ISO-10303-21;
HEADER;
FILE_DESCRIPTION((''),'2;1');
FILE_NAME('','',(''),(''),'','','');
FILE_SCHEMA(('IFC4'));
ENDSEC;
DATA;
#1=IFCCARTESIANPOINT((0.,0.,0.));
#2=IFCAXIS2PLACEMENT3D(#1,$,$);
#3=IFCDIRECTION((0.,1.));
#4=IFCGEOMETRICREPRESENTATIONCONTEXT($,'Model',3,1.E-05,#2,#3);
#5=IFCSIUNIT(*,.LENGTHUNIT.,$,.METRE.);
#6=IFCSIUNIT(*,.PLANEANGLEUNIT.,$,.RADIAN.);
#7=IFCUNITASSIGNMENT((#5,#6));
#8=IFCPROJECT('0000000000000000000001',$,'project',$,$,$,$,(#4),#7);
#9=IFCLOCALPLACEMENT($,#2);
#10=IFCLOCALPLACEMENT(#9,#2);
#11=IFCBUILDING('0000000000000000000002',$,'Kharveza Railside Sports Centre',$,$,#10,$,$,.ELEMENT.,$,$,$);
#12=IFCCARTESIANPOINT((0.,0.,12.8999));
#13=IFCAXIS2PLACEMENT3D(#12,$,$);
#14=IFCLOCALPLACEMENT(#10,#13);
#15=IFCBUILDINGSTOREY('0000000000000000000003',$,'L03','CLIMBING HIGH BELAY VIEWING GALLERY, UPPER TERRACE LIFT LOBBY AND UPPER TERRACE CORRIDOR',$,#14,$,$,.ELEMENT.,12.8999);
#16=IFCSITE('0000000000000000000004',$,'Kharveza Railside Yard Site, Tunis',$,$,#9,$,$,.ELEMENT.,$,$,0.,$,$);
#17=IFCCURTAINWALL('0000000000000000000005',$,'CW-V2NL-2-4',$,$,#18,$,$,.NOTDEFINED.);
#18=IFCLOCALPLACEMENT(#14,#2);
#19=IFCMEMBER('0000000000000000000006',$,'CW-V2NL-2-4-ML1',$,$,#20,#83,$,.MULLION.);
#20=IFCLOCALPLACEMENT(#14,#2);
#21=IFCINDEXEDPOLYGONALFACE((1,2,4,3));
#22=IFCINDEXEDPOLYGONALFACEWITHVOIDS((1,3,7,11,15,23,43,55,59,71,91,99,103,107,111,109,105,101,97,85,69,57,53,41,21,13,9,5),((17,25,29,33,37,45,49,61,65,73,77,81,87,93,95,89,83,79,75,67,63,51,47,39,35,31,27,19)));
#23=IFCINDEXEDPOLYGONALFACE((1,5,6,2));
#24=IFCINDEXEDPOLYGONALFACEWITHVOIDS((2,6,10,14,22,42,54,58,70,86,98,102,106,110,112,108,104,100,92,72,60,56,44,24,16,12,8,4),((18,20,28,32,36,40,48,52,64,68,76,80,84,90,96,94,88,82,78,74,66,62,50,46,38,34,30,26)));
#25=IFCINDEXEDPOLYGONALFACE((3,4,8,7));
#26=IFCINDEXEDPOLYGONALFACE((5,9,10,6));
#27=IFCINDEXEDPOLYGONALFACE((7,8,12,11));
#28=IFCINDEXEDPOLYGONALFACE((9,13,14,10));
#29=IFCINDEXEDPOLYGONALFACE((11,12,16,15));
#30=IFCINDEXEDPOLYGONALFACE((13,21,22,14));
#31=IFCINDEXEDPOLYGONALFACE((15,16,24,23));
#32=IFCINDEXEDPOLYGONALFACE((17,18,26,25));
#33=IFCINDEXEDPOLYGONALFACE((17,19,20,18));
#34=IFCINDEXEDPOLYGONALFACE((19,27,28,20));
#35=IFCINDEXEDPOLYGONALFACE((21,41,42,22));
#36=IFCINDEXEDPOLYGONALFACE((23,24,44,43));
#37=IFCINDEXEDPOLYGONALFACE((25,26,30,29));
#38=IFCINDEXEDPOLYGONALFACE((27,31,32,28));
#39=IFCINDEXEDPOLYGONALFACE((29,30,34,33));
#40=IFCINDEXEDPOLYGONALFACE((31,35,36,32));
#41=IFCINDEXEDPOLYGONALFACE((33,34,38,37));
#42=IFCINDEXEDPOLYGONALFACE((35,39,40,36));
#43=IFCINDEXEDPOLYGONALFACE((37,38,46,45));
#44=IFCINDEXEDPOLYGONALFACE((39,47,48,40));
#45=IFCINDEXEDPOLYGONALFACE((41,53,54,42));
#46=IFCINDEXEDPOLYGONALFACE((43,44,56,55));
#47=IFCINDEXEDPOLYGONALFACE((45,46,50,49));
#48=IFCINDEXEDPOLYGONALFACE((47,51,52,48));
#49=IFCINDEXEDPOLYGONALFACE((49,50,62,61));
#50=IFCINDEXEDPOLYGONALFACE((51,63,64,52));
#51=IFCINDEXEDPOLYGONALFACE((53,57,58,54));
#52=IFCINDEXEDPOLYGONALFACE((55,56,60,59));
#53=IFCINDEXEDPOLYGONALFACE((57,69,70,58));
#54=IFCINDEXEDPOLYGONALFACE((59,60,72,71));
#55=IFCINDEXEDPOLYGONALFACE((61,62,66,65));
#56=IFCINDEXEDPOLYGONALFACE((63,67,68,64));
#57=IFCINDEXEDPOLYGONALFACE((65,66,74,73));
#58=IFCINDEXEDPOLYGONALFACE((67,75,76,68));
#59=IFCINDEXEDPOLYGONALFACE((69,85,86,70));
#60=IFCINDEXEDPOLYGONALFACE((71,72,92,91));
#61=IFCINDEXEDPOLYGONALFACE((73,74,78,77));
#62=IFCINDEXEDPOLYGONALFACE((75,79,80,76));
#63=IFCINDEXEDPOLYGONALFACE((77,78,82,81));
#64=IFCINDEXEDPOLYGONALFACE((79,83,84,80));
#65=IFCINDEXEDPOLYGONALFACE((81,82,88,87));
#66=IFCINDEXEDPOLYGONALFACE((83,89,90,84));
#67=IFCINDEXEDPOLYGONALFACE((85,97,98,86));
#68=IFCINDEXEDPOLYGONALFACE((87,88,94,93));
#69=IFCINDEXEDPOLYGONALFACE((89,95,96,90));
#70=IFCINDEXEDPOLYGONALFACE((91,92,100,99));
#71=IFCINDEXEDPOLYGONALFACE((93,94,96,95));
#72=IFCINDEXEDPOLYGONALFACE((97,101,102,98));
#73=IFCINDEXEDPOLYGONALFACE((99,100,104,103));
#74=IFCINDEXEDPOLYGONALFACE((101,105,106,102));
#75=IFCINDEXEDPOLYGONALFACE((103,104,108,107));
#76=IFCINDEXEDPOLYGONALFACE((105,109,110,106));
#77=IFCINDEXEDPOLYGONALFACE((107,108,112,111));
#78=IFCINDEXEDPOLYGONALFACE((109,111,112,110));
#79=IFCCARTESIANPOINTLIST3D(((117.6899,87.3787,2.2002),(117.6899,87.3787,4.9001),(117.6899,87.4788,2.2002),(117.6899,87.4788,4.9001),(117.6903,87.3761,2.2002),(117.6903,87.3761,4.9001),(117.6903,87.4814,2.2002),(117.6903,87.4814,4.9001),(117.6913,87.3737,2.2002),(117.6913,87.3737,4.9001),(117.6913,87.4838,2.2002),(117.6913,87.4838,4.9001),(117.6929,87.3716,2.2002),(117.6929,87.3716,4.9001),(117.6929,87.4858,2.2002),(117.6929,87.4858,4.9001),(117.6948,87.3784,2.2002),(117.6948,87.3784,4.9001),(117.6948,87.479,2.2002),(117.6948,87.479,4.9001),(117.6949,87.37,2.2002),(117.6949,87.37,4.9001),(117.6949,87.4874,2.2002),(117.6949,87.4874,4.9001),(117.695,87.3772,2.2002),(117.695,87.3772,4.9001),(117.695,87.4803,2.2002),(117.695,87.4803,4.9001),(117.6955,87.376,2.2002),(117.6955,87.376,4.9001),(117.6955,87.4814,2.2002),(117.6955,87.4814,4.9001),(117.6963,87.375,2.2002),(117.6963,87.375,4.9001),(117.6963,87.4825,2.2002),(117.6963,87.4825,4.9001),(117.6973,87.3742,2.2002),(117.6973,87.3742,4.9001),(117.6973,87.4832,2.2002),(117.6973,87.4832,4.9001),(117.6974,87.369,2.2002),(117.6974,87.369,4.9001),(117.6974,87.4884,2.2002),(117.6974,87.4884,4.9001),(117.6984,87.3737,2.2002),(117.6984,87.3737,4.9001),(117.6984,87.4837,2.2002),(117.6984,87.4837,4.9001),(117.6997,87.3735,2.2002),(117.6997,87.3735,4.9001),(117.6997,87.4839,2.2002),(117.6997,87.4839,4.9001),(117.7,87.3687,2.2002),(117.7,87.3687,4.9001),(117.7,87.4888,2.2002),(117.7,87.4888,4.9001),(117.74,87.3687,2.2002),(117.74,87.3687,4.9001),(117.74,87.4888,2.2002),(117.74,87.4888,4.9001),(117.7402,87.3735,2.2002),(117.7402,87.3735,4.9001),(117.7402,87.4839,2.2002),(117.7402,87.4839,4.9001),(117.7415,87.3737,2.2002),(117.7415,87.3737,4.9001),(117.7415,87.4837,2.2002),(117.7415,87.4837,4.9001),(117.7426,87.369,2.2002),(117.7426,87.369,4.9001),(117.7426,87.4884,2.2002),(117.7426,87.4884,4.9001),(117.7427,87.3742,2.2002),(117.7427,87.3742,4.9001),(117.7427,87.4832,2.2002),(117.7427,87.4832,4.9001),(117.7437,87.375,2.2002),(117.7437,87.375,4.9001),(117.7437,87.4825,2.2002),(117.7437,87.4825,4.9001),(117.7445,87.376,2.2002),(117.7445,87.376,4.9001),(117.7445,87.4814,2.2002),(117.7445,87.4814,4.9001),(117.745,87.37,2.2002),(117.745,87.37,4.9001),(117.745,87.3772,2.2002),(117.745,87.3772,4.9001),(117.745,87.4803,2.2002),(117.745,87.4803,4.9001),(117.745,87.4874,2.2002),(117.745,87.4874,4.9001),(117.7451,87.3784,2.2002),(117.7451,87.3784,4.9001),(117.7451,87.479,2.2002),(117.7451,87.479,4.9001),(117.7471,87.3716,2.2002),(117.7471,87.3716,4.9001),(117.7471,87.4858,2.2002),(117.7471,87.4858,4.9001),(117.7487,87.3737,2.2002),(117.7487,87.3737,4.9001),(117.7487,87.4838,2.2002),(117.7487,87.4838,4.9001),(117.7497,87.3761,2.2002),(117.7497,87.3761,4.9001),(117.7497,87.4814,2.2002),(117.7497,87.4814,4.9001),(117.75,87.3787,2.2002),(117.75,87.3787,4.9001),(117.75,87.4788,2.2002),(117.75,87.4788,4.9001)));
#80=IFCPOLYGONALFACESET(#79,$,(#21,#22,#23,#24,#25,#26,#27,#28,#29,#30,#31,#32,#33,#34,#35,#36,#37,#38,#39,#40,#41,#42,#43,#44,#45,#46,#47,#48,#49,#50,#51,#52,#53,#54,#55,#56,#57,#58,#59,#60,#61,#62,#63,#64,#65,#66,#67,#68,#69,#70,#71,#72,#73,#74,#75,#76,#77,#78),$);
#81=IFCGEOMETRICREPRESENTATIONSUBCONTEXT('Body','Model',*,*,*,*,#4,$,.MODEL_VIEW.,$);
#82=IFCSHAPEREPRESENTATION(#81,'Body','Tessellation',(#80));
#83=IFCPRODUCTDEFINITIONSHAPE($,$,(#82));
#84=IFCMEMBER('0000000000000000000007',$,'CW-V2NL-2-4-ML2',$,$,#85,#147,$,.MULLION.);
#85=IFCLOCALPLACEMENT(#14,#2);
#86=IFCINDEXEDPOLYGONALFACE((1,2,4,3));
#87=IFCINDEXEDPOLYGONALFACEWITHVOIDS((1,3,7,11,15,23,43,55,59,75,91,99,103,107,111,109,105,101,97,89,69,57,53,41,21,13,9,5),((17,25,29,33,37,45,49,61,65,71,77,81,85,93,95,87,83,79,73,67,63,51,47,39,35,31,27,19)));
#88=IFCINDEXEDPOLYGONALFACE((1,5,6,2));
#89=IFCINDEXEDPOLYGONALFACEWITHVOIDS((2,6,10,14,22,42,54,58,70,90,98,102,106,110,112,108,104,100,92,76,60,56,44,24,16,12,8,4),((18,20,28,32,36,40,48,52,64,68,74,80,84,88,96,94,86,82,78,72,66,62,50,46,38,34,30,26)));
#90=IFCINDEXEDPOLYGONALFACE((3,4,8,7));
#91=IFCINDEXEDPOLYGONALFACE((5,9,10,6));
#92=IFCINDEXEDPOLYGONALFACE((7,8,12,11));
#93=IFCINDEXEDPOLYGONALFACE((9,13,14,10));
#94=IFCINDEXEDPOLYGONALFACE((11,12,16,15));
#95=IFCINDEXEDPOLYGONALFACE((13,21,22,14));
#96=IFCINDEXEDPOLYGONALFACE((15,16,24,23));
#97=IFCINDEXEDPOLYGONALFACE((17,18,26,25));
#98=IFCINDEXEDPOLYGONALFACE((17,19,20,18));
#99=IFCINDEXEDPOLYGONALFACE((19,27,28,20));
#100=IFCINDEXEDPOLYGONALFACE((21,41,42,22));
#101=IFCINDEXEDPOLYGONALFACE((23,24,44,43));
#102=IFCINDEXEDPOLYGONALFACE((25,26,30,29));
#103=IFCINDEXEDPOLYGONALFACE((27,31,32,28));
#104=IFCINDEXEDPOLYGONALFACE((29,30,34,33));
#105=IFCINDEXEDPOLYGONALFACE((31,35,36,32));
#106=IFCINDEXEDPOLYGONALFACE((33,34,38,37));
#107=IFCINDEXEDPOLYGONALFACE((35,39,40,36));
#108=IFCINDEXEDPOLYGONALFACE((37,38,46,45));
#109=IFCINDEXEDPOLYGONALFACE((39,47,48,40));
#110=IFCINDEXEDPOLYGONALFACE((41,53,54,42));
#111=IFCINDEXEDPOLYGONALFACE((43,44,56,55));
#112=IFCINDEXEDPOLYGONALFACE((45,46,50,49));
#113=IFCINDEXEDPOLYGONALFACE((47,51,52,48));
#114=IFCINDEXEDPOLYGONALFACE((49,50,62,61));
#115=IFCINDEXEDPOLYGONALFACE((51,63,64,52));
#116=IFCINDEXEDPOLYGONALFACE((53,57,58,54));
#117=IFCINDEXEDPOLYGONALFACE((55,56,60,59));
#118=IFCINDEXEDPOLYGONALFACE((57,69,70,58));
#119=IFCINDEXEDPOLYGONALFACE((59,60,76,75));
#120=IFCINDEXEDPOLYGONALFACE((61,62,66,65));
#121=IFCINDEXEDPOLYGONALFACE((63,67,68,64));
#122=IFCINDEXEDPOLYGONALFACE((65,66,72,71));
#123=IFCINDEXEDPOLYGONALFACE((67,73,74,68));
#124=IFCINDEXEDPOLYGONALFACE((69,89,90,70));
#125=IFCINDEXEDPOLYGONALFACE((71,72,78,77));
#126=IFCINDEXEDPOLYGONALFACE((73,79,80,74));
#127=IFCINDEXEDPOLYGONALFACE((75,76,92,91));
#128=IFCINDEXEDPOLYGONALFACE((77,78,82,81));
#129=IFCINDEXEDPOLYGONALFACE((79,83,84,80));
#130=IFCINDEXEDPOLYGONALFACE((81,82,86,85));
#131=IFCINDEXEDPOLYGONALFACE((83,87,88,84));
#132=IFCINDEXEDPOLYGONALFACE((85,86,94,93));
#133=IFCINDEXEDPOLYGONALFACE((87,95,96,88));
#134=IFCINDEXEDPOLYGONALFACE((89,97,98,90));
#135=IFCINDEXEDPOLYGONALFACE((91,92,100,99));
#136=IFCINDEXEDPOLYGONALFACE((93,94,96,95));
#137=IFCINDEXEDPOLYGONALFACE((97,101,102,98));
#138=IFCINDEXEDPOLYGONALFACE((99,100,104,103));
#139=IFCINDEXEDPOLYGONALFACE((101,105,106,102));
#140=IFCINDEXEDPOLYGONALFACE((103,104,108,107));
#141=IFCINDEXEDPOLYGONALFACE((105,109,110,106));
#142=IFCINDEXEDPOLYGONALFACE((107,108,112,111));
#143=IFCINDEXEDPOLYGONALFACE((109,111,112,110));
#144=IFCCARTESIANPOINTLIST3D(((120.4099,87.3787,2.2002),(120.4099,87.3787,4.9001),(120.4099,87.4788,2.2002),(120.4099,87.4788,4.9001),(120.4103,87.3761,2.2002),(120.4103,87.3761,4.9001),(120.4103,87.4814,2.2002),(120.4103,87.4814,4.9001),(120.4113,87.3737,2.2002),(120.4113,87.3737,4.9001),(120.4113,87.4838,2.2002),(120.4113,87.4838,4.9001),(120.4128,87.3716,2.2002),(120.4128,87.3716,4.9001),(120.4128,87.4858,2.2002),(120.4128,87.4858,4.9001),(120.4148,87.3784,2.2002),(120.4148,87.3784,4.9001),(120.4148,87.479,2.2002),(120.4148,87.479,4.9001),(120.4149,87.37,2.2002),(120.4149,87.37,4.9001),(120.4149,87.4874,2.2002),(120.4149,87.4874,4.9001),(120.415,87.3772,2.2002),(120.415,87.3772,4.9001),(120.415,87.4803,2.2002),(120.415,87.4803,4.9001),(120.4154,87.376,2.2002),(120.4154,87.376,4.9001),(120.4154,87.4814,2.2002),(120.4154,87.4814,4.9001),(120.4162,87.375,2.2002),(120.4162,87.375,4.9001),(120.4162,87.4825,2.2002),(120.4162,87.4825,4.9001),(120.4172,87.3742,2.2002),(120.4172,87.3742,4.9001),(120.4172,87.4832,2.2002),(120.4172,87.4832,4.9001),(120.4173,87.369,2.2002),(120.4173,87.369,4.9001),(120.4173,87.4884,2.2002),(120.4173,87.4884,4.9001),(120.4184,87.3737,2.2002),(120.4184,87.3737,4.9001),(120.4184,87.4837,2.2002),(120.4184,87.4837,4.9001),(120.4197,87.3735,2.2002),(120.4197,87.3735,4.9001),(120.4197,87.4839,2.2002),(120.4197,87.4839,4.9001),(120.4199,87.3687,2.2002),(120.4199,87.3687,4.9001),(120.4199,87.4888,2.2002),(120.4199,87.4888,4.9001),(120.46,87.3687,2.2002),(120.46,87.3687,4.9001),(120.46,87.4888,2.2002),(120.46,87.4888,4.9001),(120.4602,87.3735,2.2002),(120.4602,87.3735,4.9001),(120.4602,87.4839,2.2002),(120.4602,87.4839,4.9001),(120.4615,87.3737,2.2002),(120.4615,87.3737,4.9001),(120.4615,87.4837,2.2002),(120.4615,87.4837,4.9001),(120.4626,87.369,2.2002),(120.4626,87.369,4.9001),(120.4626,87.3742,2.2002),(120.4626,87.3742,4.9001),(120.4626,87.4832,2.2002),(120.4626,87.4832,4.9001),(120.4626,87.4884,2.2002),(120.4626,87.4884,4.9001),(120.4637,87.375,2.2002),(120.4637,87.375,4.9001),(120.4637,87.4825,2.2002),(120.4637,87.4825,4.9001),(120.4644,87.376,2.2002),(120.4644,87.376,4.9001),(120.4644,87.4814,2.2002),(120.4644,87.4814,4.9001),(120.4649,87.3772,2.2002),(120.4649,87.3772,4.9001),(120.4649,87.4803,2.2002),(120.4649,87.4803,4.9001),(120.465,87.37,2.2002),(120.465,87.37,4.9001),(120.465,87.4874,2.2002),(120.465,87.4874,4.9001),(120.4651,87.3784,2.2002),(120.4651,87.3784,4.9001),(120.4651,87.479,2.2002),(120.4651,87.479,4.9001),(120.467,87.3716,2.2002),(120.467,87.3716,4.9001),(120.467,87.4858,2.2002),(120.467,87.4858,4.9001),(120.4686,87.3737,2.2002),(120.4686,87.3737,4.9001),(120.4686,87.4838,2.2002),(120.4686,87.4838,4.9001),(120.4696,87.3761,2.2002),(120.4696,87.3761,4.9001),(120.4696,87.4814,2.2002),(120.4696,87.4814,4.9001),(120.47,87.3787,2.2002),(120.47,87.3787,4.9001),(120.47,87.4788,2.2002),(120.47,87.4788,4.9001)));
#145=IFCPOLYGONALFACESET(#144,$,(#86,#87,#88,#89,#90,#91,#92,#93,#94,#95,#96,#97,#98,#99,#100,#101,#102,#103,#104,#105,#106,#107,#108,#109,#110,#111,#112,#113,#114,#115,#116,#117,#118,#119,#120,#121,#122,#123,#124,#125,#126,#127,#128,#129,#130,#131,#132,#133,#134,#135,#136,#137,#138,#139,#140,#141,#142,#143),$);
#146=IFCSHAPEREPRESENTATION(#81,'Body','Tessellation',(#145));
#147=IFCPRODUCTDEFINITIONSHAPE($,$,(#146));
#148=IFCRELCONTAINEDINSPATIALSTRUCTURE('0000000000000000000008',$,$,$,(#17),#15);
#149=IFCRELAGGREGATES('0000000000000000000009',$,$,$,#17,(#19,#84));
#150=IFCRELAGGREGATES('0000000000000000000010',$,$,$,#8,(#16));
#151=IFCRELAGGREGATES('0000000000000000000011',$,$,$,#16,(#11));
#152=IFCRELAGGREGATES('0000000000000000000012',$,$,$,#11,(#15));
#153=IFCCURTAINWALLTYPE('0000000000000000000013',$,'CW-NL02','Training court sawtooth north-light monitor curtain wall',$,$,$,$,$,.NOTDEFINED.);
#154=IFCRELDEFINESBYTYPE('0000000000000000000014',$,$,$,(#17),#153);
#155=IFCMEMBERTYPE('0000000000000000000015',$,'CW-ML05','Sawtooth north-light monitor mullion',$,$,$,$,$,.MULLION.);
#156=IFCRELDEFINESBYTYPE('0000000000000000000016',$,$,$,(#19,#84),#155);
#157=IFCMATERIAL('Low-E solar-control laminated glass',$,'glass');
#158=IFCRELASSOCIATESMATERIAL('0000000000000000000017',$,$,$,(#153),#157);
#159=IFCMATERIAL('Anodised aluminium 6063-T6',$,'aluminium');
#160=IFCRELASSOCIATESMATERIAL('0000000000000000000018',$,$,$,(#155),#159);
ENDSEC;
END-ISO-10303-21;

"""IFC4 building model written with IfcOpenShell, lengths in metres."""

from ifc_helpers import new_model, si_unit, direction, frame, origin, origin_2d, place, context, subcontext, project, spatial, hollow_rectangle, extrude, material, material_profile, profile_set, type_object, element, aggregate, save


model = new_model("IFC4")

# Units and contexts
model_context = context("Model", 3, precision=1e-05, world=origin(), true_north=direction((0.0, 1.0)))
body_context = subcontext(model_context, "Body", "Model", "MODEL_VIEW")
ifc_project = project(units=[si_unit("LENGTHUNIT", "METRE"), si_unit("PLANEANGLEUNIT", "RADIAN")], contexts=[model_context])

# Site, building, storey
site_placement = place(None, origin())
site = spatial("IfcSite", under=ifc_project, at=site_placement, Name="Kharveza Railside Yard Site, Tunis", CompositionType="ELEMENT", RefElevation=0.0)
building_placement = place(site_placement, origin())
building = spatial("IfcBuilding", under=site, at=building_placement, Name="Kharveza Railside Sports Centre", CompositionType="ELEMENT")
storey_placement = place(building_placement, frame((0.0, 0.0, 12.8999)))
storey = spatial("IfcBuildingStorey", under=building, at=storey_placement, Name="L03", Description="CLIMBING HIGH BELAY VIEWING GALLERY, UPPER TERRACE LIFT LOBBY AND UPPER TERRACE CORRIDOR", CompositionType="ELEMENT", Elevation=12.8999)

# Curtain wall, members
ifc_material_1 = material(Name="Low-E solar-control laminated glass", Category="glass")
curtain_wall_type = type_object("IfcCurtainWallType", Name="CW-NL02", Description="Training court sawtooth north-light monitor curtain wall", PredefinedType="NOTDEFINED", material=ifc_material_1)
curtain_wall_1_placement = place(storey_placement, origin())
curtain_wall_1 = element("IfcCurtainWall", 1, at=curtain_wall_1_placement, inside=storey, type_object=curtain_wall_type, Name="CW-V2NL-2-4", PredefinedType="NOTDEFINED")
ifc_material_2 = material(Name="Anodised aluminium 6063-T6", Category="aluminium")
ifc_material_profile_1 = material_profile(ifc_material_2, hollow_rectangle(XDim=0.0601, YDim=0.1201, WallThickness=0.0049, InnerFilletRadius=0.0049, OuterFilletRadius=0.01, at=origin_2d()), Name="RHS 60x120x5.0")
ifc_profile_set_1 = profile_set([ifc_material_profile_1], Name="Anodised aluminium 6063-T6")
member_type_1 = type_object("IfcMemberType", Name="CW-ML05", Description="Sawtooth north-light monitor mullion", PredefinedType="MULLION", material=ifc_profile_set_1)
member_1_placement = place(storey_placement, frame((117.72, 87.4287, 2.2002), z_axis=(0.0, 0.0, 1.0), x_axis=(1.0, 0.0, 0.0)))
member_1 = element("IfcMember", 2, at=member_1_placement, type_object=member_type_1, Name="CW-V2NL-2-4-ML1", PredefinedType="MULLION", context=body_context, shape_type="SweptSolid", body=[
    extrude(hollow_rectangle(XDim=0.0601, YDim=0.1201, WallThickness=0.0049, InnerFilletRadius=0.0049, OuterFilletRadius=0.01, at=origin_2d()), origin(), (0.0, 0.0, 1.0), 2.7),
])
member_2_placement = place(storey_placement, frame((120.4399, 87.4287, 2.2002), z_axis=(0.0, 0.0, 1.0), x_axis=(1.0, 0.0, 0.0)))
member_2 = element("IfcMember", 3, at=member_2_placement, type_object=member_type_1, Name="CW-V2NL-2-4-ML2", PredefinedType="MULLION", context=body_context, shape_type="SweptSolid", body=[
    extrude(hollow_rectangle(XDim=0.0601, YDim=0.1201, WallThickness=0.0049, InnerFilletRadius=0.0049, OuterFilletRadius=0.01, at=origin_2d()), origin(), (0.0, 0.0, 1.0), 2.7),
])

aggregate(curtain_wall_1, [member_1, member_2])

save(model, "model.ifc")
